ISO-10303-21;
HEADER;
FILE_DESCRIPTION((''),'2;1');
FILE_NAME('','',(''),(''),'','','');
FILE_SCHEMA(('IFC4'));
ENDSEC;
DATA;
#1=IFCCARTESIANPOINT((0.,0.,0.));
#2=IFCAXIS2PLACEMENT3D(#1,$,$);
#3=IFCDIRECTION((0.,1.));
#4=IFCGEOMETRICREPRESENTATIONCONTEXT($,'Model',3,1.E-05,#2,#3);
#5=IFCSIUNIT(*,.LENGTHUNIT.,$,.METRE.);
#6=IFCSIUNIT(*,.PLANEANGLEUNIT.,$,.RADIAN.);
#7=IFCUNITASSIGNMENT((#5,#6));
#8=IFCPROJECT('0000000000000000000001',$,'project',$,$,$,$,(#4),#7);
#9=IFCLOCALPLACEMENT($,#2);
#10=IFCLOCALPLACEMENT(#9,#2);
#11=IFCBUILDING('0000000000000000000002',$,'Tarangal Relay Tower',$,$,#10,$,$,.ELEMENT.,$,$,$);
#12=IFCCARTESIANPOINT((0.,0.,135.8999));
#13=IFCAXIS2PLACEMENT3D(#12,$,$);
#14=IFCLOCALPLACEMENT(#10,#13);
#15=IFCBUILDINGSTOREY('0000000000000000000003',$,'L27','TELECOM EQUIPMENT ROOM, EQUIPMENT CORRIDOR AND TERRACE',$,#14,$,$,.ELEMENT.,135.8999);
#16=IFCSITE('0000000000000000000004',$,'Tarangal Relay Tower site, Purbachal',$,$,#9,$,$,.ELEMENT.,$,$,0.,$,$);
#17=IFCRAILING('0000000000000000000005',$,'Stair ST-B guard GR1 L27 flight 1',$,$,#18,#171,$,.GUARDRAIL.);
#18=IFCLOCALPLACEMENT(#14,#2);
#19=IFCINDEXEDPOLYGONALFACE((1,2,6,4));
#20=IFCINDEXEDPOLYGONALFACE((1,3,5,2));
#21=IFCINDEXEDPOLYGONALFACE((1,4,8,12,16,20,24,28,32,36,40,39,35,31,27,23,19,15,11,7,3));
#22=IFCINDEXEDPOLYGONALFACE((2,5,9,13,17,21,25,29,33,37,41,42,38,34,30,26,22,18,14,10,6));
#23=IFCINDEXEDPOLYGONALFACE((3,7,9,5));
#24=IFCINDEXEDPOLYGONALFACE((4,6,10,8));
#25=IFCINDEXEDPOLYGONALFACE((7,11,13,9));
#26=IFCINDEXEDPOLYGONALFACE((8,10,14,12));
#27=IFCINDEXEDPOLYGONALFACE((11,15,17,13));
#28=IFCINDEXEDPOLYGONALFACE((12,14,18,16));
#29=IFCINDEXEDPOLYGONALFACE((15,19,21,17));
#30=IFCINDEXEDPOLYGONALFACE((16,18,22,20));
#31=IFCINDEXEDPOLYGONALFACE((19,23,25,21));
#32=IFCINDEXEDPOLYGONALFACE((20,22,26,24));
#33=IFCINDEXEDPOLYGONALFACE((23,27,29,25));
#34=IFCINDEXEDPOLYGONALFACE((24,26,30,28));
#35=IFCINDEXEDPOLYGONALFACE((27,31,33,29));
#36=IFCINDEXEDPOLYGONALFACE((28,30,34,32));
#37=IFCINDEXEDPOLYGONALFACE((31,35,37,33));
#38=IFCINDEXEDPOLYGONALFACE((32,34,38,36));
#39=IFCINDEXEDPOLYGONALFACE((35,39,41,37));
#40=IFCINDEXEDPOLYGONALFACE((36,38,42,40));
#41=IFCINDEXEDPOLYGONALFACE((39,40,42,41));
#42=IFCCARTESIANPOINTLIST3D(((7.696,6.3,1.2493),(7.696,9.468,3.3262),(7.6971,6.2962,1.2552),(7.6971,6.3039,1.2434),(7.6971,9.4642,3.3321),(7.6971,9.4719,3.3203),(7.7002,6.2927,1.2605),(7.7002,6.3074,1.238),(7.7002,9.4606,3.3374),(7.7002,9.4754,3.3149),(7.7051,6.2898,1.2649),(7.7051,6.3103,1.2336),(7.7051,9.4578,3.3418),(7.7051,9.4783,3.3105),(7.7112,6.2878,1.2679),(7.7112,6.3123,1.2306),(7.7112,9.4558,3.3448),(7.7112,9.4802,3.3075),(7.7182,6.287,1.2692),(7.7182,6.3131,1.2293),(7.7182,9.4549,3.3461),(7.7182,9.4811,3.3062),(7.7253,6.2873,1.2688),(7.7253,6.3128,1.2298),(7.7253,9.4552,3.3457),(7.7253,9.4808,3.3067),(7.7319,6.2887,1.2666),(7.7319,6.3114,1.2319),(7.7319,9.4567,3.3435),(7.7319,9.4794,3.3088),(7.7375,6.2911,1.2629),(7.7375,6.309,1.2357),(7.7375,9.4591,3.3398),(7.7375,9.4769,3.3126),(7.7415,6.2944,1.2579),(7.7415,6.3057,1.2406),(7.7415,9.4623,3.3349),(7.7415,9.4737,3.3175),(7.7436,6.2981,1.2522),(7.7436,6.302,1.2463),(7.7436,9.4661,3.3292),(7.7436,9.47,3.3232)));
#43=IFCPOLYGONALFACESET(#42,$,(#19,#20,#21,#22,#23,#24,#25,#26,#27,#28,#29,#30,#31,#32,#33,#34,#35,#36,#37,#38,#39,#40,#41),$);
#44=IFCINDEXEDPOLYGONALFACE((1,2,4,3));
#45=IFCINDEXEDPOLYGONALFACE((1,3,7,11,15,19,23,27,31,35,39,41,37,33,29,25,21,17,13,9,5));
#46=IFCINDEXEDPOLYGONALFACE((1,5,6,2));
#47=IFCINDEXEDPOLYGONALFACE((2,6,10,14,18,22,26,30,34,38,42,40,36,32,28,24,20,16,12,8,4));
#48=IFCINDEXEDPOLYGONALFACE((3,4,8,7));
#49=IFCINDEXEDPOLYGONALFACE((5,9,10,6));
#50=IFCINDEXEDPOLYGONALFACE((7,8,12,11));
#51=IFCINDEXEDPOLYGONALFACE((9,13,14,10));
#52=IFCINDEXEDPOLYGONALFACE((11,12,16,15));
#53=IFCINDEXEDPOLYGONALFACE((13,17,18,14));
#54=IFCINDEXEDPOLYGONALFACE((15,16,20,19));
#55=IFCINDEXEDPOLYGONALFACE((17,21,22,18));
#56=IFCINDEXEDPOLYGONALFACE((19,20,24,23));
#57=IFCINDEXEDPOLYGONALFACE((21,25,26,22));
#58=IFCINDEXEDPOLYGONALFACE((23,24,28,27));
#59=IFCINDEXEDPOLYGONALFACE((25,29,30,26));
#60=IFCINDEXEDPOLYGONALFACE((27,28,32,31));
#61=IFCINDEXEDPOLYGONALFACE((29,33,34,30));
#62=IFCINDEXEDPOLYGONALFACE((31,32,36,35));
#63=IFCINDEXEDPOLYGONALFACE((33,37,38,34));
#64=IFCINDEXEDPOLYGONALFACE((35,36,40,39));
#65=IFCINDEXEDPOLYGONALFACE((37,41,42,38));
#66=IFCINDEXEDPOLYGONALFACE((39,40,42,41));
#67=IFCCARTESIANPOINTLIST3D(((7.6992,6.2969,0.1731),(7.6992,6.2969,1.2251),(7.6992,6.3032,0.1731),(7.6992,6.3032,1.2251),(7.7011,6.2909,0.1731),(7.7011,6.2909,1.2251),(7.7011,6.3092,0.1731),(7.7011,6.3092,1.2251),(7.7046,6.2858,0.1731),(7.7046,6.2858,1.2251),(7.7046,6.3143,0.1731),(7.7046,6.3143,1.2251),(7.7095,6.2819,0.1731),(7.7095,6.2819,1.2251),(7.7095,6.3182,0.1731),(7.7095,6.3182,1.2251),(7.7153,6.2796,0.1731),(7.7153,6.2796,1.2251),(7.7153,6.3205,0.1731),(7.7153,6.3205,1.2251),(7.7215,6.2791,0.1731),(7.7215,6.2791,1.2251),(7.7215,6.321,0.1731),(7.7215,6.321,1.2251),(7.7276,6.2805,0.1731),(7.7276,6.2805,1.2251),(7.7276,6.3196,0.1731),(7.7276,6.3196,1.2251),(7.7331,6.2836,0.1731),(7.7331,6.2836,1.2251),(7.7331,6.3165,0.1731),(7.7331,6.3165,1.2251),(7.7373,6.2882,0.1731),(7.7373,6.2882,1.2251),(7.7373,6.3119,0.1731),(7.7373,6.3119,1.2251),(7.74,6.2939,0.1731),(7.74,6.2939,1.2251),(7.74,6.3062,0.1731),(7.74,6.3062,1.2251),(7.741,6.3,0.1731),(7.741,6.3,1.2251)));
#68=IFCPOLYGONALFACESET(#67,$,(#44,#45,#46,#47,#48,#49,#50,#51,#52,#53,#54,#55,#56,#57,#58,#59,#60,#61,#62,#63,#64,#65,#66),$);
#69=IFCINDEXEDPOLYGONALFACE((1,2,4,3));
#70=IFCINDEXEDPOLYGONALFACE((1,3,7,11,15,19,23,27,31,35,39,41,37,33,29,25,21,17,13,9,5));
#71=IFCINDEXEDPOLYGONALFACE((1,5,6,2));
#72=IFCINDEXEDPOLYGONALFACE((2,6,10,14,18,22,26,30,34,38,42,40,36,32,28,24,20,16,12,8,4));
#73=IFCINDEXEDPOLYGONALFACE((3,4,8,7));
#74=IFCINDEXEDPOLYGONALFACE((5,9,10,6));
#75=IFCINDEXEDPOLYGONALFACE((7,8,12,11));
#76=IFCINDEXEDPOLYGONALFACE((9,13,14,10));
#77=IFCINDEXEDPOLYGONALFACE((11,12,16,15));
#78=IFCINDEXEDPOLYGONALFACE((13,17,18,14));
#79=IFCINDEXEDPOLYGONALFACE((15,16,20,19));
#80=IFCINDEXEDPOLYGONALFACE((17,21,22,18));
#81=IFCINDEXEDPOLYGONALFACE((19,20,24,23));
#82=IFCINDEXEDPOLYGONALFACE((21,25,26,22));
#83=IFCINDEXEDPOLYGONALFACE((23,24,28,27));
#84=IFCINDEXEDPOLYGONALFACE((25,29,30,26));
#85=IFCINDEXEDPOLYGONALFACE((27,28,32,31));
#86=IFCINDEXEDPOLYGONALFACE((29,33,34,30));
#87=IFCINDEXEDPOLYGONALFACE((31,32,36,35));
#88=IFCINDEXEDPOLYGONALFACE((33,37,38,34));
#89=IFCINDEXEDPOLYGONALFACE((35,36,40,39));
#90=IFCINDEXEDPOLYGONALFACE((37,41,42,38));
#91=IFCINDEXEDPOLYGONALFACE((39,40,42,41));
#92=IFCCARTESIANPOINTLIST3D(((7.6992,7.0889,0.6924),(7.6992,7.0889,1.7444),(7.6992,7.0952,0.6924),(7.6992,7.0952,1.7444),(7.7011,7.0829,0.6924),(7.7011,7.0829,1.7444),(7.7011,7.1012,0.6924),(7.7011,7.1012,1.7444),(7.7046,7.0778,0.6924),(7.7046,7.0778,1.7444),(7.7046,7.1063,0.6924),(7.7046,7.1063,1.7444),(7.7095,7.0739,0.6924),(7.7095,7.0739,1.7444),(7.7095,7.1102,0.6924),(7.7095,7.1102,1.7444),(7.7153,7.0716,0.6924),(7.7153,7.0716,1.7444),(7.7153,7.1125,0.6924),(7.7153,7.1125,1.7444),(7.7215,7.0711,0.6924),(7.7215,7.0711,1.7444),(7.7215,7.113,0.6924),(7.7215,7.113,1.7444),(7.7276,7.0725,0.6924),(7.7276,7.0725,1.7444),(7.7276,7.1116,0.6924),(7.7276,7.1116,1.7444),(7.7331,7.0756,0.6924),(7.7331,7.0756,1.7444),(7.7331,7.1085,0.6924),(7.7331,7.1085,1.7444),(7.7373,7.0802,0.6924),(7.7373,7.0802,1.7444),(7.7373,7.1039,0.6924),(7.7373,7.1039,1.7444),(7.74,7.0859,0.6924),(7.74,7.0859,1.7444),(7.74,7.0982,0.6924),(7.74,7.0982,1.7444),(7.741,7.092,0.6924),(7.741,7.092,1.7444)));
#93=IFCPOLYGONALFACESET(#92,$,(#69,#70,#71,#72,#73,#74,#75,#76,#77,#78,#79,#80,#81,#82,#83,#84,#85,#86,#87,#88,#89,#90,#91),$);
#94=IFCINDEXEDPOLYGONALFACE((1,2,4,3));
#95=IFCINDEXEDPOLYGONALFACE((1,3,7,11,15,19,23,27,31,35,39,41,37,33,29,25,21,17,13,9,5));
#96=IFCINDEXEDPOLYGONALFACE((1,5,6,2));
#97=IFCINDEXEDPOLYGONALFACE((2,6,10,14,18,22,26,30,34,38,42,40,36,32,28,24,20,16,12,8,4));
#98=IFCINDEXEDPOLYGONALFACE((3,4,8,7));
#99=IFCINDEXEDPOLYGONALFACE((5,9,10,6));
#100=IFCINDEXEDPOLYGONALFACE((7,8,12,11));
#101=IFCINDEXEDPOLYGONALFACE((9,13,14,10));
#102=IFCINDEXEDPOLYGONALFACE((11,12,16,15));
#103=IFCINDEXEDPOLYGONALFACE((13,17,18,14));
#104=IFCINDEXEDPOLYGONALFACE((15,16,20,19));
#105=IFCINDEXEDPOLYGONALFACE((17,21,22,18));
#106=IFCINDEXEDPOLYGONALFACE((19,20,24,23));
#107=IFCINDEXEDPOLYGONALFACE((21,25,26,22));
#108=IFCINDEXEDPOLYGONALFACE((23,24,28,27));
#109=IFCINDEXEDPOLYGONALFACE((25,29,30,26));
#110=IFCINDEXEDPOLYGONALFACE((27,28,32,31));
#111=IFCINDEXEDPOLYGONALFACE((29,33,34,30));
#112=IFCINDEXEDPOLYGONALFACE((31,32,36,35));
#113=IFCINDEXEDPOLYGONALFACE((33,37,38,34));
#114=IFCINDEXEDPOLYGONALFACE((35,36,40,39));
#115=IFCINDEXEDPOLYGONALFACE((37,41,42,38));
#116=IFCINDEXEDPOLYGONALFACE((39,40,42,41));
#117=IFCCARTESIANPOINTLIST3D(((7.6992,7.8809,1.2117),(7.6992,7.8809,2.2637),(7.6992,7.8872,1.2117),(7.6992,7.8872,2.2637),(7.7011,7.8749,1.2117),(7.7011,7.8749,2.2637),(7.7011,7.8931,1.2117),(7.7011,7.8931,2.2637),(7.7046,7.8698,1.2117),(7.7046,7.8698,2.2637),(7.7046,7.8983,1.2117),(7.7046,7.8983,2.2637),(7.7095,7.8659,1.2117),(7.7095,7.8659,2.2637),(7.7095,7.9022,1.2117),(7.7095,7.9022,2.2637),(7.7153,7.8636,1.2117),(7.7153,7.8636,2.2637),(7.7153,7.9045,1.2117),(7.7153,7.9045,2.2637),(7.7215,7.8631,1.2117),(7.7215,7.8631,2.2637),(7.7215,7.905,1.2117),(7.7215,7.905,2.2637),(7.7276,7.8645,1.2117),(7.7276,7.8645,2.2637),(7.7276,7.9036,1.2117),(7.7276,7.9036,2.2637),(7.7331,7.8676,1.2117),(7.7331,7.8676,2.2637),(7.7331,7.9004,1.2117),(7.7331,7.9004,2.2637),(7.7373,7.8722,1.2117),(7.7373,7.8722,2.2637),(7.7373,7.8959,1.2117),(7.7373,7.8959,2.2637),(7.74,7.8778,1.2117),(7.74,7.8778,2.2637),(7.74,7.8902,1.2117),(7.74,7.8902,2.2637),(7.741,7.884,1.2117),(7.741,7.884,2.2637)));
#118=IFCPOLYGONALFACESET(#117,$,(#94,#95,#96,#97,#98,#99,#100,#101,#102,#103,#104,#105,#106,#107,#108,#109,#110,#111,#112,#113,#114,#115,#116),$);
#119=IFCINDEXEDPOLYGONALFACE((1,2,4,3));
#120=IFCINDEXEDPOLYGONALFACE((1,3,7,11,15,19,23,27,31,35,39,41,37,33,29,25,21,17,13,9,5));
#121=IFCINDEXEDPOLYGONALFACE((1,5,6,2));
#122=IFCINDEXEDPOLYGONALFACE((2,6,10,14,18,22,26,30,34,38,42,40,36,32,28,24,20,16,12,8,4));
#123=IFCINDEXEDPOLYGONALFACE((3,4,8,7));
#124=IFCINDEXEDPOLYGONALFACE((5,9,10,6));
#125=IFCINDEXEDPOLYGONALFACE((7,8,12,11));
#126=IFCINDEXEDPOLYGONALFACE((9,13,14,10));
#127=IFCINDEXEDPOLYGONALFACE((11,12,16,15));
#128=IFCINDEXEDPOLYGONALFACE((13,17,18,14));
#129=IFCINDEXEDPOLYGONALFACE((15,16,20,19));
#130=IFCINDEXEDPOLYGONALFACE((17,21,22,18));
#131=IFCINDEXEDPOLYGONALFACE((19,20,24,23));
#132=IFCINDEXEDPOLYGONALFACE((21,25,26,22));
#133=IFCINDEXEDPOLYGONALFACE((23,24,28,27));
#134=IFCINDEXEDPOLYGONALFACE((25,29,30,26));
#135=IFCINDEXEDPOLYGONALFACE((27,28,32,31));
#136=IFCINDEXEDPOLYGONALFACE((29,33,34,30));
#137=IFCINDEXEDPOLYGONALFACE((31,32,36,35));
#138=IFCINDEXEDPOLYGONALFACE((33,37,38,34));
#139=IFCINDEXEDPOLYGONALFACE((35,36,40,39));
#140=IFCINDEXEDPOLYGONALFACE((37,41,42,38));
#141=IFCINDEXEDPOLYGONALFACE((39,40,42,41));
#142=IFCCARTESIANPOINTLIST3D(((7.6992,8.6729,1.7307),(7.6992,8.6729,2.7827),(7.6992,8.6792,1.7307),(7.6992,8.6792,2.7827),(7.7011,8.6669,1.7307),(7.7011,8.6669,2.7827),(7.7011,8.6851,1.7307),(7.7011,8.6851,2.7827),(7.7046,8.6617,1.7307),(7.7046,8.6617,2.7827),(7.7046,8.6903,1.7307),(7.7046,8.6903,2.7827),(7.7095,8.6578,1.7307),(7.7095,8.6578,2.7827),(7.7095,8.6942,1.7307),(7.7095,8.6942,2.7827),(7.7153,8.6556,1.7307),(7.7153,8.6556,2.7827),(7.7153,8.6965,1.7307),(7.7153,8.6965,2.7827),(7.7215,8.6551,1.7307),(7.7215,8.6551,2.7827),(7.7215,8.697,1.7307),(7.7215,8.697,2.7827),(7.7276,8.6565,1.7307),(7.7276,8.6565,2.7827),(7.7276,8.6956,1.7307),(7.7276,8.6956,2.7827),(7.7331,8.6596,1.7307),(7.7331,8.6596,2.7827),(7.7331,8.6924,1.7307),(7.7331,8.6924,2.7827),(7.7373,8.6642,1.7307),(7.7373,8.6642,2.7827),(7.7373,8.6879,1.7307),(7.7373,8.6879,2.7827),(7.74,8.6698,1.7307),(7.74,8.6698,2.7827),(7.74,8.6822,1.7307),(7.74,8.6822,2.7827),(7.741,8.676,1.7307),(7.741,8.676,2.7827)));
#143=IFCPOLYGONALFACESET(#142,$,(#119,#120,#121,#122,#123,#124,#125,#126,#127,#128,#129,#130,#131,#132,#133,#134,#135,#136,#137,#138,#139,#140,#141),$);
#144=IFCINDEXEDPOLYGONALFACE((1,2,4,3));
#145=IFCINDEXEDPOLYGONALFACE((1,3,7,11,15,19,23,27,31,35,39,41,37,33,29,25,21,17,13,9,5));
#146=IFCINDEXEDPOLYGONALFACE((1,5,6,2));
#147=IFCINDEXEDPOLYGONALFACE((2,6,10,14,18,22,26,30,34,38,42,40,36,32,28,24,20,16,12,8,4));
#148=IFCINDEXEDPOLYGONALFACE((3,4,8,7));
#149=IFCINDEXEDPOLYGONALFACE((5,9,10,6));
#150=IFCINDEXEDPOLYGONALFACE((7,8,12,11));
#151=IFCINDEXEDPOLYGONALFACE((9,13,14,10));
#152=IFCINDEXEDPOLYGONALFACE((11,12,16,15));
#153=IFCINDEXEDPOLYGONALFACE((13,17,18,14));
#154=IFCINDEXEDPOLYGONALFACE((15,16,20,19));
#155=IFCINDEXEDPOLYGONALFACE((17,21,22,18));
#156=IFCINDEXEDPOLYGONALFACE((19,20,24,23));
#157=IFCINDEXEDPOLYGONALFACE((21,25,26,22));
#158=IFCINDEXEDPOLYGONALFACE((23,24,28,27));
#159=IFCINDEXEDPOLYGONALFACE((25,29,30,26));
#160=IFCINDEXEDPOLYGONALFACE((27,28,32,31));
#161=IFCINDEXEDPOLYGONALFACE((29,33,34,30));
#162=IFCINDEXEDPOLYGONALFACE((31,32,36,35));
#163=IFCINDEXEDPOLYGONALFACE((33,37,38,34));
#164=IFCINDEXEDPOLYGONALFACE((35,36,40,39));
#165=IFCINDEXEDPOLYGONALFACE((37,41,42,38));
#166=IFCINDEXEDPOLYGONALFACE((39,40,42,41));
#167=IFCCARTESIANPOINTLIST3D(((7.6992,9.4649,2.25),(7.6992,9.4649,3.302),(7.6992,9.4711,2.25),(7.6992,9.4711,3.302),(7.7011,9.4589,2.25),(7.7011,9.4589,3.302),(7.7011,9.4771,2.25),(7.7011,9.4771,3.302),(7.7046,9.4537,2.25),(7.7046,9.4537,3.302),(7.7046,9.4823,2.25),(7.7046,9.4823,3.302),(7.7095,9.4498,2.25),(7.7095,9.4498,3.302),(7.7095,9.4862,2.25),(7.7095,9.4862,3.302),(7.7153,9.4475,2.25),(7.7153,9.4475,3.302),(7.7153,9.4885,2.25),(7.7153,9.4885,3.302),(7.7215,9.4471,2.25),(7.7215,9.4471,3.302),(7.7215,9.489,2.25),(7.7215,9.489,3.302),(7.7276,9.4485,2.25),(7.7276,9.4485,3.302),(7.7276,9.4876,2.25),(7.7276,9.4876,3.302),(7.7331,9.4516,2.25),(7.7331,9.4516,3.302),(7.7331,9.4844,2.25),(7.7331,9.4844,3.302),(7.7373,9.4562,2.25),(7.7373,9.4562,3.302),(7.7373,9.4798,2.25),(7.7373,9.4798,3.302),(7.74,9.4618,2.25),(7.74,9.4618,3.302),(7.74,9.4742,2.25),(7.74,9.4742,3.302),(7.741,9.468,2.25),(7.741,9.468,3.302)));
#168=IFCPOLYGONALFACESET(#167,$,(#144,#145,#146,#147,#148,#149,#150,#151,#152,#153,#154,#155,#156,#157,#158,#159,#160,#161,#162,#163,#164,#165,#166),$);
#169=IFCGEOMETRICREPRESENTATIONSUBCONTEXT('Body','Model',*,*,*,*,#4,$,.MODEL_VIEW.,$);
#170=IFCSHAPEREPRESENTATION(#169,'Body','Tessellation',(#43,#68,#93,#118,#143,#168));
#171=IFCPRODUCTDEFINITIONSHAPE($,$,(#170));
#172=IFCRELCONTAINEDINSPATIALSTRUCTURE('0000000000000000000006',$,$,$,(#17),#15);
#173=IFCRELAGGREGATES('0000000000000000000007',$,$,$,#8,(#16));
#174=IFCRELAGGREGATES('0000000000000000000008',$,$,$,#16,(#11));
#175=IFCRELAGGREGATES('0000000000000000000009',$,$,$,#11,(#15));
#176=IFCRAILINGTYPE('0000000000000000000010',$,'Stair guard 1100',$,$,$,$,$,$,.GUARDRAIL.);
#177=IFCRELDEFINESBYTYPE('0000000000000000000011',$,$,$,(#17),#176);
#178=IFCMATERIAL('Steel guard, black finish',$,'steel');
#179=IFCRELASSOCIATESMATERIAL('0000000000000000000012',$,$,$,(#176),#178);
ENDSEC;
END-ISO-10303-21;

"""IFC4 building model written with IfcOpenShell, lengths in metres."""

from ifc_helpers import new_model, si_unit, direction, frame, origin, origin_2d, place, context, subcontext, project, spatial, circle, extrude, material, type_object, element, save


model = new_model("IFC4")

# Units and contexts
model_context = context("Model", 3, precision=1e-05, world=origin(), true_north=direction((0.0, 1.0)))
body_context = subcontext(model_context, "Body", "Model", "MODEL_VIEW")
ifc_project = project(units=[si_unit("LENGTHUNIT", "METRE"), si_unit("PLANEANGLEUNIT", "RADIAN")], contexts=[model_context])

# Site, building, storey
site_placement = place(None, origin())
site = spatial("IfcSite", under=ifc_project, at=site_placement, Name="Tarangal Relay Tower site, Purbachal", CompositionType="ELEMENT", RefElevation=0.0)
building_placement = place(site_placement, origin())
building = spatial("IfcBuilding", under=site, at=building_placement, Name="Tarangal Relay Tower", CompositionType="ELEMENT")
storey_placement = place(building_placement, frame((0.0, 0.0, 135.8999)))
storey = spatial("IfcBuildingStorey", under=building, at=storey_placement, Name="L27", Description="TELECOM EQUIPMENT ROOM, EQUIPMENT CORRIDOR AND TERRACE", CompositionType="ELEMENT", Elevation=135.8999)

# Railing
ifc_material_1 = material(Name="Steel guard, black finish", Category="steel")
railing_type_1 = type_object("IfcRailingType", Name="Stair guard 1100", PredefinedType="GUARDRAIL", material=ifc_material_1)
railing_1_placement = place(storey_placement, frame((7.72, 6.3, 0.1731)))
element("IfcRailing", 1, at=railing_1_placement, inside=storey, type_object=railing_type_1, Name="Stair ST-B guard GR1 L27 flight 1", PredefinedType="GUARDRAIL", context=body_context, shape_type="SweptSolid", body=[
    extrude(circle(Radius=0.0239, at=origin_2d()), frame((0.0, 0.0, 1.0762), z_axis=(0.0, 0.836299, 0.548273), x_axis=(-1.0, 0.0, 0.0)), (0.0, 0.0, 1.0), 3.7881),
    extrude(circle(Radius=0.021, at=origin_2d()), origin(), (0.0, 0.0, 1.0), 1.052),
    extrude(circle(Radius=0.021, at=origin_2d()), frame((0.0, 0.792, 0.5193)), (0.0, 0.0, 1.0), 1.052),
    extrude(circle(Radius=0.021, at=origin_2d()), frame((0.0, 1.584, 1.0386)), (0.0, 0.0, 1.0), 1.052),
    extrude(circle(Radius=0.021, at=origin_2d()), frame((0.0, 2.376, 1.5576)), (0.0, 0.0, 1.0), 1.052),
    extrude(circle(Radius=0.021, at=origin_2d()), frame((0.0, 3.168, 2.0769)), (0.0, 0.0, 1.0), 1.052),
])

save(model, "model.ifc")
